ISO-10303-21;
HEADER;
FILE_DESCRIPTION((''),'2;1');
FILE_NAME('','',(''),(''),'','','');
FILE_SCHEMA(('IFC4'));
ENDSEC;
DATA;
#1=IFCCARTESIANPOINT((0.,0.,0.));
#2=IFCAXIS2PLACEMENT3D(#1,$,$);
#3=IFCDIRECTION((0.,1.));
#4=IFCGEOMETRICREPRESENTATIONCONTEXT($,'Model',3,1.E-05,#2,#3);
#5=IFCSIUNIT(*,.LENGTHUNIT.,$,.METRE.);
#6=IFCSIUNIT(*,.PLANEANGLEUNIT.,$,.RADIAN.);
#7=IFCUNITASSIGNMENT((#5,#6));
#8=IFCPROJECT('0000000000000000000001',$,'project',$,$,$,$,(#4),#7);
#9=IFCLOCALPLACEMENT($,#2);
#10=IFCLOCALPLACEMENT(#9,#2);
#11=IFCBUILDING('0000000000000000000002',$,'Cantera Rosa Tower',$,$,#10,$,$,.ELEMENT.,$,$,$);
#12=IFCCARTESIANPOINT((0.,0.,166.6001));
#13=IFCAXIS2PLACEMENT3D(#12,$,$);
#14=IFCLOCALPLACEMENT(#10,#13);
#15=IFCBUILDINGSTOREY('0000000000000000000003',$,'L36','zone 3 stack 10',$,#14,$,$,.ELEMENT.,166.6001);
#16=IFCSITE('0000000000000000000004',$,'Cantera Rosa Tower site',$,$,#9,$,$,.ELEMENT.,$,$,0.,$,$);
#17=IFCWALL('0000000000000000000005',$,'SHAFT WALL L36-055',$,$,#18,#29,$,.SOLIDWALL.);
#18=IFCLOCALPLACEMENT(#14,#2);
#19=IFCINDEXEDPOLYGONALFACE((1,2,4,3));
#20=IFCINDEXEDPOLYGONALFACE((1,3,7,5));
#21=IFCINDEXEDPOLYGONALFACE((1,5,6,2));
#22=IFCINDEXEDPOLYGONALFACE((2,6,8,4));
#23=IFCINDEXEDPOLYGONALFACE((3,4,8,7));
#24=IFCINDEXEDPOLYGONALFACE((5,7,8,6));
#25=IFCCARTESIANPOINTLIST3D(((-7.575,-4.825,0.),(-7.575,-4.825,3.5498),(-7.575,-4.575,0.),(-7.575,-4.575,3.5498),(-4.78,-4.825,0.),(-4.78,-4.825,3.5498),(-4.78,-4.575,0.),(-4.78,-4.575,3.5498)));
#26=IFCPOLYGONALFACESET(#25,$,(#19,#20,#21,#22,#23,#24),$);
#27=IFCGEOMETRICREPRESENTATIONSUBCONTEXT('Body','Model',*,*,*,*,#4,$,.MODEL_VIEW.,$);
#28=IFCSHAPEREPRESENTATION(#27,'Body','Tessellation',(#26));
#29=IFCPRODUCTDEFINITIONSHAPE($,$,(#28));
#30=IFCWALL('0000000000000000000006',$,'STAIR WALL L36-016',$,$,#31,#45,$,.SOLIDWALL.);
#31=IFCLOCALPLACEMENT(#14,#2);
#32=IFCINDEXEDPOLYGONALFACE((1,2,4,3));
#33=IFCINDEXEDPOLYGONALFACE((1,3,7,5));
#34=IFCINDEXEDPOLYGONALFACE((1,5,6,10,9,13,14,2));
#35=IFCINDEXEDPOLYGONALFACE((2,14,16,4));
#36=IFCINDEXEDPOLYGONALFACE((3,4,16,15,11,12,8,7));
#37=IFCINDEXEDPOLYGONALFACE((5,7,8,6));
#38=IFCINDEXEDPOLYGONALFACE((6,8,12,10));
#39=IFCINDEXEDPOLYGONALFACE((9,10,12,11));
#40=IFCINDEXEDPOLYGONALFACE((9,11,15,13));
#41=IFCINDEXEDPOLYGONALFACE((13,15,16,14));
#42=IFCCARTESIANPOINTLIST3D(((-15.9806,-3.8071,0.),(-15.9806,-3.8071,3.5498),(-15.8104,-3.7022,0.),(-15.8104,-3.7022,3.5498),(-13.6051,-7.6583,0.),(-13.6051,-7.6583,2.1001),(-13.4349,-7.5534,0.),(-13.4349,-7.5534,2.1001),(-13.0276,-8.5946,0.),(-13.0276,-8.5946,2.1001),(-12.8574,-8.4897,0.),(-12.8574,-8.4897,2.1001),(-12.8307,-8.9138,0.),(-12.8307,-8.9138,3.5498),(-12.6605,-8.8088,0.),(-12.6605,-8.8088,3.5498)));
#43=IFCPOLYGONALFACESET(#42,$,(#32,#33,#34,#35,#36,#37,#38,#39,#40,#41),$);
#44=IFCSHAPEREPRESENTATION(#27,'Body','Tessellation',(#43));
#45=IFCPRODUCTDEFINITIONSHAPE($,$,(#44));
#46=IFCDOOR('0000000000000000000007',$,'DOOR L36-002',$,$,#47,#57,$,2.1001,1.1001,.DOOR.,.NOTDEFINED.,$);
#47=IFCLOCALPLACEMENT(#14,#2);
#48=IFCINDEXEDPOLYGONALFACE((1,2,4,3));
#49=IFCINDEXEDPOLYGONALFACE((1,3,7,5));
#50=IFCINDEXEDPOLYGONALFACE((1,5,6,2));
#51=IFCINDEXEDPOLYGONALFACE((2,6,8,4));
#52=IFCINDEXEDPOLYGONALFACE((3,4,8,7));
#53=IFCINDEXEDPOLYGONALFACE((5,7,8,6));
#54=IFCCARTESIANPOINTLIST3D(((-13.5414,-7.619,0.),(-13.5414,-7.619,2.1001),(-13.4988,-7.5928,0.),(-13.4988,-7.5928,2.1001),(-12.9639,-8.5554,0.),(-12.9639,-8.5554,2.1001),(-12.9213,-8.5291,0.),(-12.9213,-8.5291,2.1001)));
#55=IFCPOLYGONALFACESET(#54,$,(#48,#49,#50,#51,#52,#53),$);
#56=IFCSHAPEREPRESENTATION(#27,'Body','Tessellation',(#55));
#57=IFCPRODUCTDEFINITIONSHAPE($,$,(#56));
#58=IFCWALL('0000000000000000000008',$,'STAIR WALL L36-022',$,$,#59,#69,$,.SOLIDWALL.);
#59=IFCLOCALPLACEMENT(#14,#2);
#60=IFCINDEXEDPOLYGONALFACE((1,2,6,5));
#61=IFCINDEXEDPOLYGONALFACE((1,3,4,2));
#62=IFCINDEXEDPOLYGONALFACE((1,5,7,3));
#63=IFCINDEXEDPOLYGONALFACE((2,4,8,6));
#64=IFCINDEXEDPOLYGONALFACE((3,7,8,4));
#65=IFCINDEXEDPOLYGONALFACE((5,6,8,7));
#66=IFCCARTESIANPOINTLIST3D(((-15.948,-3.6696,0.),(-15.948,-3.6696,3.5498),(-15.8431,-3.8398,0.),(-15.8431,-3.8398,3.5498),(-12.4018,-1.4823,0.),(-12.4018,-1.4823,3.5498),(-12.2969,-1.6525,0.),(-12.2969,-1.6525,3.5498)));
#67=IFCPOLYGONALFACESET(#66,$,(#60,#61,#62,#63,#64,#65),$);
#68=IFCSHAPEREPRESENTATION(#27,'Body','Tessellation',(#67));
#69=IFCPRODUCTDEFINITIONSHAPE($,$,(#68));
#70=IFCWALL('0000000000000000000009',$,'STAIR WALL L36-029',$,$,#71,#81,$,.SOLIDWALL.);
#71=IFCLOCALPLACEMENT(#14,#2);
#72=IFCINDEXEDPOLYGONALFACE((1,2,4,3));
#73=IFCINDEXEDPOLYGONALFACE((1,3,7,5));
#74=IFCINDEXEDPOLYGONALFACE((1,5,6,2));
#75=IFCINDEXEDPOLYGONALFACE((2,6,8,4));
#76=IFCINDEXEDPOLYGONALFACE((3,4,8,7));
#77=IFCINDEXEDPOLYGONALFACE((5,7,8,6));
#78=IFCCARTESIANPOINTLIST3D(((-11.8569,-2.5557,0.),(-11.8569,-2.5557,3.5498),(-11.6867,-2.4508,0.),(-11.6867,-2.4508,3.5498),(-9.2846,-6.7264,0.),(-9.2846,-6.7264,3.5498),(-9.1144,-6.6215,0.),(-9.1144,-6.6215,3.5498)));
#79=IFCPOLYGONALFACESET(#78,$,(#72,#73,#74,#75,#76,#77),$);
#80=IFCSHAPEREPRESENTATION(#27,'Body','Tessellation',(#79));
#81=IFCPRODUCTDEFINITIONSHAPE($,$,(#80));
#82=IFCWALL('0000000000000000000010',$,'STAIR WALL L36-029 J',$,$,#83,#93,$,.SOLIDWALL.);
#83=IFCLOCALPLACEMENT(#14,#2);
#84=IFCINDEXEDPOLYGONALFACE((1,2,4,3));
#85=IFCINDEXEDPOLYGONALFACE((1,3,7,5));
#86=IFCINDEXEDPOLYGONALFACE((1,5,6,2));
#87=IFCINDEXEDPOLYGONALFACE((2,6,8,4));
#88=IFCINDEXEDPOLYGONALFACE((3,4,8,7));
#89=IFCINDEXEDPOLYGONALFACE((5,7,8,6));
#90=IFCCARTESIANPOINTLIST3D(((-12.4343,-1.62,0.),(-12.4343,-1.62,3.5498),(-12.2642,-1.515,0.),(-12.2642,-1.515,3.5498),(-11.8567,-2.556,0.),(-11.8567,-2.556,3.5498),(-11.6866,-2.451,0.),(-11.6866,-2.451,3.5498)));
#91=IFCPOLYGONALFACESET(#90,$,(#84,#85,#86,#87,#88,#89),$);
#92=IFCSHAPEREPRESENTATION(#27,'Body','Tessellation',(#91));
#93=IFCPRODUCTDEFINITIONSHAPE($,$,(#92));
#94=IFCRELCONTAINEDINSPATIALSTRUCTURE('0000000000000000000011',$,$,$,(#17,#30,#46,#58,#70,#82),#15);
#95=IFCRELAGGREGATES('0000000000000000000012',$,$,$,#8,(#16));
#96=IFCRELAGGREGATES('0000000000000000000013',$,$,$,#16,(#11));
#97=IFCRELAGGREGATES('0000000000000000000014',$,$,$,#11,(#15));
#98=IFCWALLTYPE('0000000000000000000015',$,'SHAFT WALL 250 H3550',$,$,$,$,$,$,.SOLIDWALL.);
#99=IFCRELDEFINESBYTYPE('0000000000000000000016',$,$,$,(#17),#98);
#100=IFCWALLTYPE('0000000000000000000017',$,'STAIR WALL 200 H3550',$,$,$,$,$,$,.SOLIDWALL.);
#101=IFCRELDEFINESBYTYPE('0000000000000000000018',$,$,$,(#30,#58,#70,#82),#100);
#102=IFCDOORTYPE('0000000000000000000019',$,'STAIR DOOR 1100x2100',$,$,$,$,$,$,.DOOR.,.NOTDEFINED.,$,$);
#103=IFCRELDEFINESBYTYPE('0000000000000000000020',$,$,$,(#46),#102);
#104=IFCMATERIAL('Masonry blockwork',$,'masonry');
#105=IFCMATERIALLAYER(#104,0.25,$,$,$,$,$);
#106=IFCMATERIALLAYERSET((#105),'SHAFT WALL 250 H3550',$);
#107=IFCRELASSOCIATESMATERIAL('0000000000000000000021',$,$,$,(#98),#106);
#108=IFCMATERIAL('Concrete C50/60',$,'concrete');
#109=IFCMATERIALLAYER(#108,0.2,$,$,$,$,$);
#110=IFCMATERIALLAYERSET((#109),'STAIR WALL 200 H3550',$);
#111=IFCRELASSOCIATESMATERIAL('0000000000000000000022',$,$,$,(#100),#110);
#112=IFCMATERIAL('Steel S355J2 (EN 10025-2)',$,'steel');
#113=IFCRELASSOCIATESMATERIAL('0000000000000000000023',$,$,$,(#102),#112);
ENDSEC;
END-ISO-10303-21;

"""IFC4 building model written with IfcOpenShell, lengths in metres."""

from ifc_helpers import new_model, si_unit, direction, frame, frame_2d, origin, place, context, subcontext, project, spatial, rectangle, extrude, material, layer, layer_set, type_object, element, fill, save


model = new_model("IFC4")

# Units and contexts
model_context = context("Model", 3, precision=1e-05, world=origin(), true_north=direction((0.0, 1.0)))
body_context = subcontext(model_context, "Body", "Model", "MODEL_VIEW")
ifc_project = project(units=[si_unit("LENGTHUNIT", "METRE"), si_unit("PLANEANGLEUNIT", "RADIAN")], contexts=[model_context])

# Site, building, storey
site_placement = place(None, origin())
site = spatial("IfcSite", under=ifc_project, at=site_placement, Name="Cantera Rosa Tower site", CompositionType="ELEMENT", RefElevation=0.0)
building_placement = place(site_placement, origin())
building = spatial("IfcBuilding", under=site, at=building_placement, Name="Cantera Rosa Tower", CompositionType="ELEMENT")
storey_placement = place(building_placement, frame((0.0, 0.0, 166.6001)))
storey = spatial("IfcBuildingStorey", under=building, at=storey_placement, Name="L36", Description="zone 3 stack 10", CompositionType="ELEMENT", Elevation=166.6001)

# Wall
ifc_material_1 = material(Name="Masonry blockwork", Category="masonry")
ifc_layer_1 = layer(ifc_material_1, 0.25)
ifc_layer_set_1 = layer_set([ifc_layer_1], Name="SHAFT WALL 250 H3550")
wall_type_1 = type_object("IfcWallType", Name="SHAFT WALL 250 H3550", PredefinedType="SOLIDWALL", material=ifc_layer_set_1)
wall_1_placement = place(storey_placement, frame((-4.78, -4.7, 0.0), z_axis=(0.0, 0.0, 1.0), x_axis=(-1.0, 0.0, 0.0)))
element("IfcWall", 1, at=wall_1_placement, inside=storey, type_object=wall_type_1, Name="SHAFT WALL L36-055", PredefinedType="SOLIDWALL", context=body_context, shape_type="SweptSolid", body=[
    extrude(rectangle(XDim=2.7949, YDim=0.25, at=frame_2d((1.3975, 0.0))), origin(), (0.0, 0.0, 1.0), 3.5498),
])

# Wall, opening, door
ifc_material_2 = material(Name="Concrete C50/60", Category="concrete")
ifc_layer_2 = layer(ifc_material_2, 0.2)
ifc_layer_set_2 = layer_set([ifc_layer_2], Name="STAIR WALL 200 H3550")
wall_type_2 = type_object("IfcWallType", Name="STAIR WALL 200 H3550", PredefinedType="SOLIDWALL", material=ifc_layer_set_2)
wall_2_placement = place(storey_placement, frame((-15.8955, -3.7546, 0.0), z_axis=(0.0, 0.0, 1.0), x_axis=(0.524983, -0.851113, 0.0)))
wall_2 = element("IfcWall", 2, at=wall_2_placement, inside=storey, type_object=wall_type_2, Name="STAIR WALL L36-016", PredefinedType="SOLIDWALL", context=body_context, shape_type="SweptSolid", body=[
    extrude(rectangle(XDim=6.0, YDim=0.2, at=frame_2d((3.0, 0.0))), origin(), (0.0, 0.0, 1.0), 3.5498),
])
opening_placement = place(wall_2_placement, frame((4.5249, 0.0, 0.0)))
opening = element("IfcOpeningElement", 3, at=opening_placement, cuts=wall_2, PredefinedType="OPENING", context=body_context, shape_type="SweptSolid", body=[
    extrude(rectangle(XDim=1.1001, YDim=2.1001, at=frame_2d((0.55, 1.05))), frame((0.0, 0.1099, 0.0), z_axis=(0.0, -1.0, 0.0), x_axis=(1.0, 0.0, 0.0)), (0.0, 0.0, 1.0), 0.22),
])
ifc_material_3 = material(Name="Steel S355J2 (EN 10025-2)", Category="steel")
door_type = type_object("IfcDoorType", Name="STAIR DOOR 1100x2100", OperationType="NOTDEFINED", PredefinedType="DOOR", material=ifc_material_3)
door_placement = place(opening_placement, origin())
door = element("IfcDoor", 4, at=door_placement, inside=storey, type_object=door_type, Name="DOOR L36-002", OperationType="NOTDEFINED", OverallHeight=2.1001, OverallWidth=1.1001, PredefinedType="DOOR", context=body_context, shape_type="SweptSolid", body=[
    extrude(rectangle(XDim=1.1001, YDim=2.1001, at=frame_2d((0.55, 1.05))), frame((0.0, 0.0249, 0.0), z_axis=(0.0, -1.0, 0.0), x_axis=(1.0, 0.0, 0.0)), (0.0, 0.0, 1.0), 0.05),
])
fill(opening, door)

# Walls
wall_3_placement = place(storey_placement, frame((-12.3494, -1.5674, 0.0), z_axis=(0.0, 0.0, 1.0), x_axis=(-0.851121, -0.52497, 0.0)))
element("IfcWall", 5, at=wall_3_placement, inside=storey, type_object=wall_type_2, Name="STAIR WALL L36-022", PredefinedType="SOLIDWALL", context=body_context, shape_type="SweptSolid", body=[
    extrude(rectangle(XDim=4.1665, YDim=0.2, at=frame_2d((2.0833, 0.0))), origin(), (0.0, 0.0, 1.0), 3.5498),
])
wall_4_placement = place(storey_placement, frame((-9.1995, -6.6741, 0.0), z_axis=(0.0, 0.0, 1.0), x_axis=(-0.524942, 0.851138, 0.0)))
element("IfcWall", 6, at=wall_4_placement, inside=storey, type_object=wall_type_2, Name="STAIR WALL L36-029", PredefinedType="SOLIDWALL", context=body_context, shape_type="SweptSolid", body=[
    extrude(rectangle(XDim=4.9001, YDim=0.2, at=frame_2d((2.4502, 0.0))), origin(), (0.0, 0.0, 1.0), 3.5498),
])
wall_5_placement = place(storey_placement, frame((-11.7717, -2.5034, 0.0), z_axis=(0.0, 0.0, 1.0), x_axis=(-0.525162, 0.851002, 0.0)))
element("IfcWall", 7, at=wall_5_placement, inside=storey, type_object=wall_type_2, Name="STAIR WALL L36-029 J", PredefinedType="SOLIDWALL", context=body_context, shape_type="SweptSolid", body=[
    extrude(rectangle(XDim=1.0999, YDim=0.2, at=frame_2d((0.5498, 0.0))), origin(), (0.0, 0.0, 1.0), 3.5498),
])

save(model, "model.ifc")
